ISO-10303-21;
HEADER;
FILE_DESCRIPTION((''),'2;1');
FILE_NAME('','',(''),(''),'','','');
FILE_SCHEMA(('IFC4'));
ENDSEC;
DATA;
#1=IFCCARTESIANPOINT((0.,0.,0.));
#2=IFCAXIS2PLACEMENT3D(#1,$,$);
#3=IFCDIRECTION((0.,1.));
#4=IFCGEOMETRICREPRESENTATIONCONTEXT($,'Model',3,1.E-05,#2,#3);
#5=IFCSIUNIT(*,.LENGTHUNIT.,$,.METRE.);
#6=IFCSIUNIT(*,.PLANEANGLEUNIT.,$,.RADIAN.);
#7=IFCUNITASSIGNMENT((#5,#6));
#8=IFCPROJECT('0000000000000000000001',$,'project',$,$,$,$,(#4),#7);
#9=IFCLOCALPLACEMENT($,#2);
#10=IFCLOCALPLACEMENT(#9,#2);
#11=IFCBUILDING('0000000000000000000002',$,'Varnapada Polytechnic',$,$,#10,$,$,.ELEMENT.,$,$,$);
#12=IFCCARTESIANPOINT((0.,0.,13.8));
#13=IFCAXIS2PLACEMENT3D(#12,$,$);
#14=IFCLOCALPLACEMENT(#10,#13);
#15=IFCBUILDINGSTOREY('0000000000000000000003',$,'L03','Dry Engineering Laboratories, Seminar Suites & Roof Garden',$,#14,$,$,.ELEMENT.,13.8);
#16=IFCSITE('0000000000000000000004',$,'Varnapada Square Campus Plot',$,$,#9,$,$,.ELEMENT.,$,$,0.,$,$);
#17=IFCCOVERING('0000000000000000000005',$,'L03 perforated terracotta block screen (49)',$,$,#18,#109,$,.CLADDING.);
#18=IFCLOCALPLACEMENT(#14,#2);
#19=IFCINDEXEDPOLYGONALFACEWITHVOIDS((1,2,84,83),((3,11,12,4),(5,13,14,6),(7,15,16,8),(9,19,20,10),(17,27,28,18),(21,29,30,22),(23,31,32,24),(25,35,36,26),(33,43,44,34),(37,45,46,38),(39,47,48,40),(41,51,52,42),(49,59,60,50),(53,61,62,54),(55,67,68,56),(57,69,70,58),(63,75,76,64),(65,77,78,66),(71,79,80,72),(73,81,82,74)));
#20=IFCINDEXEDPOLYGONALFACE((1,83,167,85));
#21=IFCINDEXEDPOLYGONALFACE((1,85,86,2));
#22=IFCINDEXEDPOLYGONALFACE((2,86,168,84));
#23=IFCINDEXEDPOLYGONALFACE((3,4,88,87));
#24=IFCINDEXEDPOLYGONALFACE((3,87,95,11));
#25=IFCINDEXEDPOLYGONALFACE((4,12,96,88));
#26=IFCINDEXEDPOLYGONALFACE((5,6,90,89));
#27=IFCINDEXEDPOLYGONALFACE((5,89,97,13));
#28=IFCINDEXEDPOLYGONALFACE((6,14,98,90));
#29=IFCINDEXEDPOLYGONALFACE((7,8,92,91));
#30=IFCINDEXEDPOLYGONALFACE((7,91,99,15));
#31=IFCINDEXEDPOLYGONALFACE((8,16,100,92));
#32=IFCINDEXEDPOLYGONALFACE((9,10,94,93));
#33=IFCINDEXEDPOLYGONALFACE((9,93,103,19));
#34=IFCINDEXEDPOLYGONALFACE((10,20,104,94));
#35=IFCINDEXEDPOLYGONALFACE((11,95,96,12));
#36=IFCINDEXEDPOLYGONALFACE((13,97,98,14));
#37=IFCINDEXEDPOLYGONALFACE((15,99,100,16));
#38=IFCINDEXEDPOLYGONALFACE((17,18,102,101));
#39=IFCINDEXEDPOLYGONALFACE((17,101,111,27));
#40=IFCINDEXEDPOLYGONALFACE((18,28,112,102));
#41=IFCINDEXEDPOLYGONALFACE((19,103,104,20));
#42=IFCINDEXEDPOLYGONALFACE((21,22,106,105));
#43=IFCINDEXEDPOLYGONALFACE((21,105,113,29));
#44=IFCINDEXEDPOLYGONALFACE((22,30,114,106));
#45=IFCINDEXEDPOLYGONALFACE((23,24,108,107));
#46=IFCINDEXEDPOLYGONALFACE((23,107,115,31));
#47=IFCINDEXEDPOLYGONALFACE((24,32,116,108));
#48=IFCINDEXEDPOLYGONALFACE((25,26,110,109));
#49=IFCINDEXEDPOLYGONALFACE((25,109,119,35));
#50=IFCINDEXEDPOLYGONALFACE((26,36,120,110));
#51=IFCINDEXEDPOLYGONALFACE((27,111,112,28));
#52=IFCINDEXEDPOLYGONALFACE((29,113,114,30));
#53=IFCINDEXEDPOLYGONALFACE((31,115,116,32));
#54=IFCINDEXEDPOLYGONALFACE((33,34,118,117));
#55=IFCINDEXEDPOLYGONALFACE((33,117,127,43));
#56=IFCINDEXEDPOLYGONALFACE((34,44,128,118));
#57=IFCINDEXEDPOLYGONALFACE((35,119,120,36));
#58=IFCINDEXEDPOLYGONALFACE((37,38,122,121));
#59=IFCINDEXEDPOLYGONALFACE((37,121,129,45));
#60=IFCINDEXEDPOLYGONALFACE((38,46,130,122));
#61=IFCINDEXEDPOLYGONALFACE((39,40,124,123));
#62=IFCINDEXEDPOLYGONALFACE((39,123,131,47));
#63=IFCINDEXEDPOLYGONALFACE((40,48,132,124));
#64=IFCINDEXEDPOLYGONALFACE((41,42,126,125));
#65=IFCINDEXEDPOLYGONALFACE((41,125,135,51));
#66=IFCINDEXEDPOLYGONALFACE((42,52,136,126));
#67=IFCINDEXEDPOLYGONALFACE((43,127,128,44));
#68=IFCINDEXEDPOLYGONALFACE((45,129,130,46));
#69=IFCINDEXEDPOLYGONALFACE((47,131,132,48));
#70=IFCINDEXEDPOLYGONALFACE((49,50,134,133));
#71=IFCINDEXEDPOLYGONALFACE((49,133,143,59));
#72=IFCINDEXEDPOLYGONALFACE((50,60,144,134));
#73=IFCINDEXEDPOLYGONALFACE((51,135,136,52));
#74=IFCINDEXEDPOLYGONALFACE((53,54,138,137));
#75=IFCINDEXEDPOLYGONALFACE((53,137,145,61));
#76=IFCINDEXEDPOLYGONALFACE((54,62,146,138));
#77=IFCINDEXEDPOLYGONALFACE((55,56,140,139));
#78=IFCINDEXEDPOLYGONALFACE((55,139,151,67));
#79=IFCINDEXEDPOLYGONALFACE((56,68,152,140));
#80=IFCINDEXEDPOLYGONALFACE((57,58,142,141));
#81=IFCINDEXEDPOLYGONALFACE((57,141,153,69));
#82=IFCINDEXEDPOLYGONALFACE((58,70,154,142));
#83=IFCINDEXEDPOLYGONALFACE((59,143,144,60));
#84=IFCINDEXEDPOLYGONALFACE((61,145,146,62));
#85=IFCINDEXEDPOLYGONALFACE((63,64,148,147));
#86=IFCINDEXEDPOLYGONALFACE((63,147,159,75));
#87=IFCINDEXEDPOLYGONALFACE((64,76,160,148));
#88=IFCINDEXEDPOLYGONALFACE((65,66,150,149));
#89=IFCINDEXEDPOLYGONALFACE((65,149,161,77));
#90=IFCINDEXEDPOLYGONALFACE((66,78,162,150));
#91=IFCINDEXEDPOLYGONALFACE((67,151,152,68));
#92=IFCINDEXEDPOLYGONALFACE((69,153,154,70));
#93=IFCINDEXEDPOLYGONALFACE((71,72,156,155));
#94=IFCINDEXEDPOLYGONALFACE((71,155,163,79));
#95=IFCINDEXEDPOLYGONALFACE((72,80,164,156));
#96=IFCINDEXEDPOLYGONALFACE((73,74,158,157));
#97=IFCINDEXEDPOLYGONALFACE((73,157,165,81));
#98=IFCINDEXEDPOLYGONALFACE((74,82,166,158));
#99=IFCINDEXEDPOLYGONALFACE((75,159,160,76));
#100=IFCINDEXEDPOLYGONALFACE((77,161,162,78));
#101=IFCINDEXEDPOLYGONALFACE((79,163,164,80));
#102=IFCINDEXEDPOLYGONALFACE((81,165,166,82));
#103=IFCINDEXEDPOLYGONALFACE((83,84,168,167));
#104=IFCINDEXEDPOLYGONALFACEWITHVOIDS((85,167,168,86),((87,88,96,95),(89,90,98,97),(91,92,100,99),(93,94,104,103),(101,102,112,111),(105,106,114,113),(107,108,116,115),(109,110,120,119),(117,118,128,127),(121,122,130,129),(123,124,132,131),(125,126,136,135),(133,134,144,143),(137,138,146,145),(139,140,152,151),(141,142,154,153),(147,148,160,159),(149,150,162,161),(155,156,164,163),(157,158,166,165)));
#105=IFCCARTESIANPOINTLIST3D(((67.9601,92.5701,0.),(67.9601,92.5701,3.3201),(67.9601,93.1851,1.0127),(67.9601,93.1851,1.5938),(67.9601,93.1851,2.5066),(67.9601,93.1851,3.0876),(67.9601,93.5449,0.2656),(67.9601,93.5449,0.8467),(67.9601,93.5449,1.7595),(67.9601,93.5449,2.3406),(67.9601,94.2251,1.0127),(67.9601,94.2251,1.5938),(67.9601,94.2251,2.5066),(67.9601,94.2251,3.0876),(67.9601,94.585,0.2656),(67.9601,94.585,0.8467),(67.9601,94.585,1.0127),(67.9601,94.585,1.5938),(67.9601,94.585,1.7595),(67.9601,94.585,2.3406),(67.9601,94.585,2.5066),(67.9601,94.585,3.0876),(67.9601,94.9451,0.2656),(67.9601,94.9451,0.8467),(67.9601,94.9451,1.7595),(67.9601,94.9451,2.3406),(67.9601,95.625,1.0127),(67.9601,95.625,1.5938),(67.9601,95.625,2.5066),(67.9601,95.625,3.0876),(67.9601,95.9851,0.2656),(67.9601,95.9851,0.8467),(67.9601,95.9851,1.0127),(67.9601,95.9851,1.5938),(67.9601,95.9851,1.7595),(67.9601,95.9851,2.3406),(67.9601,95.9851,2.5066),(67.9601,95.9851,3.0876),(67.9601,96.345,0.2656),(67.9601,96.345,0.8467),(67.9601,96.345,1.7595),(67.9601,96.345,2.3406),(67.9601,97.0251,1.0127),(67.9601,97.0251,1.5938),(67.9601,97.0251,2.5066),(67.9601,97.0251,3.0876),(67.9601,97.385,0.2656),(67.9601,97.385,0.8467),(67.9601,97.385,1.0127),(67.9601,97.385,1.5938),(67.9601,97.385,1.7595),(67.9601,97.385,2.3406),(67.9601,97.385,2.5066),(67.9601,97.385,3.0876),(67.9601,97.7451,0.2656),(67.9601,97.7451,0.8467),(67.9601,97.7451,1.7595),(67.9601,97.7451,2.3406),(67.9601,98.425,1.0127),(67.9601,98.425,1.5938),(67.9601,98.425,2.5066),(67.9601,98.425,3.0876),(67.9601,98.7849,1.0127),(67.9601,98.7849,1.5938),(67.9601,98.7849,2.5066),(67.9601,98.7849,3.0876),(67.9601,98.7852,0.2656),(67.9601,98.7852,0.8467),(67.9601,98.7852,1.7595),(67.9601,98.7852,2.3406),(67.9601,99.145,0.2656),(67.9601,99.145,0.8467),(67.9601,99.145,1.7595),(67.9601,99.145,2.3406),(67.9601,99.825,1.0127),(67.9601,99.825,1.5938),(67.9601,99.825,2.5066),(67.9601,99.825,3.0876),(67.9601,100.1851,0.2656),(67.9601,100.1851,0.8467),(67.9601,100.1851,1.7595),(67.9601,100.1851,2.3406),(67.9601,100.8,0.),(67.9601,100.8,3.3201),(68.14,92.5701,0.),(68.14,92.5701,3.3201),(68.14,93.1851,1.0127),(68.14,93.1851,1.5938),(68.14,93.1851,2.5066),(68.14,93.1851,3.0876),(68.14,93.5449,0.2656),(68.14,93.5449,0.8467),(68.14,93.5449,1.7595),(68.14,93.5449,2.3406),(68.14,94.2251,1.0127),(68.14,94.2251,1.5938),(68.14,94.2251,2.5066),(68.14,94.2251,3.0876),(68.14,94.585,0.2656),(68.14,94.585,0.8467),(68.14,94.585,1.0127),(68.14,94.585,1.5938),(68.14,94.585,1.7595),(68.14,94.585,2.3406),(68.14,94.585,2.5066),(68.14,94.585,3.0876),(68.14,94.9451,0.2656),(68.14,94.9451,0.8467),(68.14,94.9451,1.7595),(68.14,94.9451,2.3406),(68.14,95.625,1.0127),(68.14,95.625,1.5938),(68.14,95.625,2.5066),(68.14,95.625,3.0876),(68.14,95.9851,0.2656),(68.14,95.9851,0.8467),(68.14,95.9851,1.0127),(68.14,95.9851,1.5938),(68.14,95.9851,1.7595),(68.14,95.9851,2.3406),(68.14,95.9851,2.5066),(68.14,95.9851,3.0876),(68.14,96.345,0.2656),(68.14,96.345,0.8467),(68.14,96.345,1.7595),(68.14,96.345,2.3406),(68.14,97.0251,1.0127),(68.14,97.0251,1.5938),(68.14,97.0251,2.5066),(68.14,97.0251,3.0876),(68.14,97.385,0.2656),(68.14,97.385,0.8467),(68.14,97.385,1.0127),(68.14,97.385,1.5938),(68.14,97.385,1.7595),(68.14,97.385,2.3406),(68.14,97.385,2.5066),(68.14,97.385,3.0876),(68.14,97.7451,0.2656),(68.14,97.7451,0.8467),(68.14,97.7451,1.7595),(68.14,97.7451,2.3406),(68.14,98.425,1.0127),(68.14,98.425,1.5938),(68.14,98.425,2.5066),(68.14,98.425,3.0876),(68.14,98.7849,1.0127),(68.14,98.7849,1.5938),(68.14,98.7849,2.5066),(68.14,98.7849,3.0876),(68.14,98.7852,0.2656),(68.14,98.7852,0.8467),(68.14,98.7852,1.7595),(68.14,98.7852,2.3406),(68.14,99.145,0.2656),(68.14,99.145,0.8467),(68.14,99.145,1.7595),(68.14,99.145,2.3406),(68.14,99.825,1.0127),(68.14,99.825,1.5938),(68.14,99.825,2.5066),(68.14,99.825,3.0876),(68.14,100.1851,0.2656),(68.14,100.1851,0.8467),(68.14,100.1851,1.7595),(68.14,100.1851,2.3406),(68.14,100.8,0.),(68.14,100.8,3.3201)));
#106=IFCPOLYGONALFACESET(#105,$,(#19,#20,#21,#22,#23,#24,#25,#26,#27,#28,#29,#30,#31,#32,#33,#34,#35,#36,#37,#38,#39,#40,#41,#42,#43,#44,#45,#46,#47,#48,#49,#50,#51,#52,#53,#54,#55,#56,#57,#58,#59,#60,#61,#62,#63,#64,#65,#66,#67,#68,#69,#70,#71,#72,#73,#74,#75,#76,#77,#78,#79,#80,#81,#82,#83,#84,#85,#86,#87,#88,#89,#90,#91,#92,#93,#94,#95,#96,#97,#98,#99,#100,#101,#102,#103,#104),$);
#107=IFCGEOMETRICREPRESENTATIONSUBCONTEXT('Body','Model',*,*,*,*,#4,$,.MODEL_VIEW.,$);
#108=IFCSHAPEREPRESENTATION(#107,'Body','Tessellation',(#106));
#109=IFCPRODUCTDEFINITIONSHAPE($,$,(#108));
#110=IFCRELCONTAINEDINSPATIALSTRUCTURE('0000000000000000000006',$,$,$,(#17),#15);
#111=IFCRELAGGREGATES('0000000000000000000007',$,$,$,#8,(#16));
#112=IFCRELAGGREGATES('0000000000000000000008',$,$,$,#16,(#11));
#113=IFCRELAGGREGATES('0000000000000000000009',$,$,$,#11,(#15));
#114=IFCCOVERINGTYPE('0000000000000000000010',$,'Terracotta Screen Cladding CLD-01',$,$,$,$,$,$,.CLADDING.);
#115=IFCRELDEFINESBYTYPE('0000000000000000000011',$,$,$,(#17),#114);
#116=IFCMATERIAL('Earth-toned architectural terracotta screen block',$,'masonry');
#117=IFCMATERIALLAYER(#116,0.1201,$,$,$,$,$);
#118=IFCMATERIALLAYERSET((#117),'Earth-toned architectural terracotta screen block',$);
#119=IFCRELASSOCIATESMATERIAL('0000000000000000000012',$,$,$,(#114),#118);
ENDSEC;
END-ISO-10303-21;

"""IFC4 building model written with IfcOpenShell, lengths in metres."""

from ifc_helpers import new_model, si_unit, direction, frame, frame_2d, origin, place, context, subcontext, project, spatial, rectangle, extrude, material, layer, layer_set, type_object, element, save


model = new_model("IFC4")

# Units and contexts
model_context = context("Model", 3, precision=1e-05, world=origin(), true_north=direction((0.0, 1.0)))
body_context = subcontext(model_context, "Body", "Model", "MODEL_VIEW")
ifc_project = project(units=[si_unit("LENGTHUNIT", "METRE"), si_unit("PLANEANGLEUNIT", "RADIAN")], contexts=[model_context])

# Site, building, storey
site_placement = place(None, origin())
site = spatial("IfcSite", under=ifc_project, at=site_placement, Name="Varnapada Square Campus Plot", CompositionType="ELEMENT", RefElevation=0.0)
building_placement = place(site_placement, origin())
building = spatial("IfcBuilding", under=site, at=building_placement, Name="Varnapada Polytechnic", CompositionType="ELEMENT")
storey_placement = place(building_placement, frame((0.0, 0.0, 13.8)))
storey = spatial("IfcBuildingStorey", under=building, at=storey_placement, Name="L03", Description="Dry Engineering Laboratories, Seminar Suites & Roof Garden", CompositionType="ELEMENT", Elevation=13.8)

# Covering, openings
ifc_material_1 = material(Name="Earth-toned architectural terracotta screen block", Category="masonry")
ifc_layer_1 = layer(ifc_material_1, 0.1201)
ifc_layer_set_1 = layer_set([ifc_layer_1], Name="Earth-toned architectural terracotta screen block")
covering_type = type_object("IfcCoveringType", Name="Terracotta Screen Cladding CLD-01", PredefinedType="CLADDING", material=ifc_layer_set_1)
covering_placement = place(storey_placement, frame((68.05, 100.8, 0.0), z_axis=(0.0, 0.0, 1.0), x_axis=(0.0, -1.0, 0.0)))
covering = element("IfcCovering", 1, at=covering_placement, inside=storey, type_object=covering_type, Name="L03 perforated terracotta block screen (49)", PredefinedType="CLADDING", context=body_context, shape_type="SweptSolid", body=[
    extrude(rectangle(XDim=8.23, YDim=0.1799, at=frame_2d((4.115, 0.0))), origin(), (0.0, 0.0, 1.0), 3.3201),
])
opening_1_placement = place(covering_placement, frame((0.615, 0.0, 0.2656)))
element("IfcOpeningElement", 2, at=opening_1_placement, cuts=covering, PredefinedType="OPENING", context=body_context, shape_type="SweptSolid", body=[
    extrude(rectangle(XDim=1.04, YDim=0.5811, at=frame_2d((0.52, 0.2905))), frame((0.0, 0.0999, 0.0), z_axis=(0.0, -1.0, 0.0), x_axis=(1.0, 0.0, 0.0)), (0.0, 0.0, 1.0), 0.2),
])
opening_2_placement = place(covering_placement, frame((2.0149, 0.0, 0.2656)))
element("IfcOpeningElement", 3, at=opening_2_placement, cuts=covering, PredefinedType="OPENING", context=body_context, shape_type="SweptSolid", body=[
    extrude(rectangle(XDim=1.04, YDim=0.5811, at=frame_2d((0.52, 0.2905))), frame((0.0, 0.0999, 0.0), z_axis=(0.0, -1.0, 0.0), x_axis=(1.0, 0.0, 0.0)), (0.0, 0.0, 1.0), 0.2),
])
opening_3_placement = place(covering_placement, frame((3.415, 0.0, 0.2656)))
element("IfcOpeningElement", 4, at=opening_3_placement, cuts=covering, PredefinedType="OPENING", context=body_context, shape_type="SweptSolid", body=[
    extrude(rectangle(XDim=1.04, YDim=0.5811, at=frame_2d((0.52, 0.2905))), frame((0.0, 0.0999, 0.0), z_axis=(0.0, -1.0, 0.0), x_axis=(1.0, 0.0, 0.0)), (0.0, 0.0, 1.0), 0.2),
])
opening_4_placement = place(covering_placement, frame((4.8149, 0.0, 0.2656)))
element("IfcOpeningElement", 5, at=opening_4_placement, cuts=covering, PredefinedType="OPENING", context=body_context, shape_type="SweptSolid", body=[
    extrude(rectangle(XDim=1.04, YDim=0.5811, at=frame_2d((0.52, 0.2905))), frame((0.0, 0.0999, 0.0), z_axis=(0.0, -1.0, 0.0), x_axis=(1.0, 0.0, 0.0)), (0.0, 0.0, 1.0), 0.2),
])
opening_5_placement = place(covering_placement, frame((6.2151, 0.0, 0.2656)))
element("IfcOpeningElement", 6, at=opening_5_placement, cuts=covering, PredefinedType="OPENING", context=body_context, shape_type="SweptSolid", body=[
    extrude(rectangle(XDim=1.04, YDim=0.5811, at=frame_2d((0.52, 0.2905))), frame((0.0, 0.0999, 0.0), z_axis=(0.0, -1.0, 0.0), x_axis=(1.0, 0.0, 0.0)), (0.0, 0.0, 1.0), 0.2),
])
opening_6_placement = place(covering_placement, frame((0.9751, 0.0, 1.0127)))
element("IfcOpeningElement", 7, at=opening_6_placement, cuts=covering, PredefinedType="OPENING", context=body_context, shape_type="SweptSolid", body=[
    extrude(rectangle(XDim=1.04, YDim=0.5811, at=frame_2d((0.52, 0.2905))), frame((0.0, 0.0999, 0.0), z_axis=(0.0, -1.0, 0.0), x_axis=(1.0, 0.0, 0.0)), (0.0, 0.0, 1.0), 0.2),
])
opening_7_placement = place(covering_placement, frame((2.375, 0.0, 1.0127)))
element("IfcOpeningElement", 8, at=opening_7_placement, cuts=covering, PredefinedType="OPENING", context=body_context, shape_type="SweptSolid", body=[
    extrude(rectangle(XDim=1.04, YDim=0.5811, at=frame_2d((0.52, 0.2905))), frame((0.0, 0.0999, 0.0), z_axis=(0.0, -1.0, 0.0), x_axis=(1.0, 0.0, 0.0)), (0.0, 0.0, 1.0), 0.2),
])
opening_8_placement = place(covering_placement, frame((3.7749, 0.0, 1.0127)))
element("IfcOpeningElement", 9, at=opening_8_placement, cuts=covering, PredefinedType="OPENING", context=body_context, shape_type="SweptSolid", body=[
    extrude(rectangle(XDim=1.04, YDim=0.5811, at=frame_2d((0.52, 0.2905))), frame((0.0, 0.0999, 0.0), z_axis=(0.0, -1.0, 0.0), x_axis=(1.0, 0.0, 0.0)), (0.0, 0.0, 1.0), 0.2),
])
opening_9_placement = place(covering_placement, frame((5.175, 0.0, 1.0127)))
element("IfcOpeningElement", 10, at=opening_9_placement, cuts=covering, PredefinedType="OPENING", context=body_context, shape_type="SweptSolid", body=[
    extrude(rectangle(XDim=1.04, YDim=0.5811, at=frame_2d((0.52, 0.2905))), frame((0.0, 0.0999, 0.0), z_axis=(0.0, -1.0, 0.0), x_axis=(1.0, 0.0, 0.0)), (0.0, 0.0, 1.0), 0.2),
])
opening_10_placement = place(covering_placement, frame((6.575, 0.0, 1.0127)))
element("IfcOpeningElement", 11, at=opening_10_placement, cuts=covering, PredefinedType="OPENING", context=body_context, shape_type="SweptSolid", body=[
    extrude(rectangle(XDim=1.04, YDim=0.5811, at=frame_2d((0.52, 0.2905))), frame((0.0, 0.0999, 0.0), z_axis=(0.0, -1.0, 0.0), x_axis=(1.0, 0.0, 0.0)), (0.0, 0.0, 1.0), 0.2),
])
opening_11_placement = place(covering_placement, frame((0.615, 0.0, 1.7595)))
element("IfcOpeningElement", 12, at=opening_11_placement, cuts=covering, PredefinedType="OPENING", context=body_context, shape_type="SweptSolid", body=[
    extrude(rectangle(XDim=1.04, YDim=0.5811, at=frame_2d((0.52, 0.2905))), frame((0.0, 0.0999, 0.0), z_axis=(0.0, -1.0, 0.0), x_axis=(1.0, 0.0, 0.0)), (0.0, 0.0, 1.0), 0.2),
])
opening_12_placement = place(covering_placement, frame((2.0149, 0.0, 1.7595)))
element("IfcOpeningElement", 13, at=opening_12_placement, cuts=covering, PredefinedType="OPENING", context=body_context, shape_type="SweptSolid", body=[
    extrude(rectangle(XDim=1.04, YDim=0.5811, at=frame_2d((0.52, 0.2905))), frame((0.0, 0.0999, 0.0), z_axis=(0.0, -1.0, 0.0), x_axis=(1.0, 0.0, 0.0)), (0.0, 0.0, 1.0), 0.2),
])
opening_13_placement = place(covering_placement, frame((3.415, 0.0, 1.7595)))
element("IfcOpeningElement", 14, at=opening_13_placement, cuts=covering, PredefinedType="OPENING", context=body_context, shape_type="SweptSolid", body=[
    extrude(rectangle(XDim=1.04, YDim=0.5811, at=frame_2d((0.52, 0.2905))), frame((0.0, 0.0999, 0.0), z_axis=(0.0, -1.0, 0.0), x_axis=(1.0, 0.0, 0.0)), (0.0, 0.0, 1.0), 0.2),
])
opening_14_placement = place(covering_placement, frame((4.8149, 0.0, 1.7595)))
element("IfcOpeningElement", 15, at=opening_14_placement, cuts=covering, PredefinedType="OPENING", context=body_context, shape_type="SweptSolid", body=[
    extrude(rectangle(XDim=1.04, YDim=0.5811, at=frame_2d((0.52, 0.2905))), frame((0.0, 0.0999, 0.0), z_axis=(0.0, -1.0, 0.0), x_axis=(1.0, 0.0, 0.0)), (0.0, 0.0, 1.0), 0.2),
])
opening_15_placement = place(covering_placement, frame((6.2151, 0.0, 1.7595)))
element("IfcOpeningElement", 16, at=opening_15_placement, cuts=covering, PredefinedType="OPENING", context=body_context, shape_type="SweptSolid", body=[
    extrude(rectangle(XDim=1.04, YDim=0.5811, at=frame_2d((0.52, 0.2905))), frame((0.0, 0.0999, 0.0), z_axis=(0.0, -1.0, 0.0), x_axis=(1.0, 0.0, 0.0)), (0.0, 0.0, 1.0), 0.2),
])
opening_16_placement = place(covering_placement, frame((0.9751, 0.0, 2.5066)))
element("IfcOpeningElement", 17, at=opening_16_placement, cuts=covering, PredefinedType="OPENING", context=body_context, shape_type="SweptSolid", body=[
    extrude(rectangle(XDim=1.04, YDim=0.5811, at=frame_2d((0.52, 0.2905))), frame((0.0, 0.0999, 0.0), z_axis=(0.0, -1.0, 0.0), x_axis=(1.0, 0.0, 0.0)), (0.0, 0.0, 1.0), 0.2),
])
opening_17_placement = place(covering_placement, frame((2.375, 0.0, 2.5066)))
element("IfcOpeningElement", 18, at=opening_17_placement, cuts=covering, PredefinedType="OPENING", context=body_context, shape_type="SweptSolid", body=[
    extrude(rectangle(XDim=1.04, YDim=0.5811, at=frame_2d((0.52, 0.2905))), frame((0.0, 0.0999, 0.0), z_axis=(0.0, -1.0, 0.0), x_axis=(1.0, 0.0, 0.0)), (0.0, 0.0, 1.0), 0.2),
])
opening_18_placement = place(covering_placement, frame((3.7749, 0.0, 2.5066)))
element("IfcOpeningElement", 19, at=opening_18_placement, cuts=covering, PredefinedType="OPENING", context=body_context, shape_type="SweptSolid", body=[
    extrude(rectangle(XDim=1.04, YDim=0.5811, at=frame_2d((0.52, 0.2905))), frame((0.0, 0.0999, 0.0), z_axis=(0.0, -1.0, 0.0), x_axis=(1.0, 0.0, 0.0)), (0.0, 0.0, 1.0), 0.2),
])
opening_19_placement = place(covering_placement, frame((5.175, 0.0, 2.5066)))
element("IfcOpeningElement", 20, at=opening_19_placement, cuts=covering, PredefinedType="OPENING", context=body_context, shape_type="SweptSolid", body=[
    extrude(rectangle(XDim=1.04, YDim=0.5811, at=frame_2d((0.52, 0.2905))), frame((0.0, 0.0999, 0.0), z_axis=(0.0, -1.0, 0.0), x_axis=(1.0, 0.0, 0.0)), (0.0, 0.0, 1.0), 0.2),
])
opening_20_placement = place(covering_placement, frame((6.575, 0.0, 2.5066)))
element("IfcOpeningElement", 21, at=opening_20_placement, cuts=covering, PredefinedType="OPENING", context=body_context, shape_type="SweptSolid", body=[
    extrude(rectangle(XDim=1.04, YDim=0.5811, at=frame_2d((0.52, 0.2905))), frame((0.0, 0.0999, 0.0), z_axis=(0.0, -1.0, 0.0), x_axis=(1.0, 0.0, 0.0)), (0.0, 0.0, 1.0), 0.2),
])

save(model, "model.ifc")
